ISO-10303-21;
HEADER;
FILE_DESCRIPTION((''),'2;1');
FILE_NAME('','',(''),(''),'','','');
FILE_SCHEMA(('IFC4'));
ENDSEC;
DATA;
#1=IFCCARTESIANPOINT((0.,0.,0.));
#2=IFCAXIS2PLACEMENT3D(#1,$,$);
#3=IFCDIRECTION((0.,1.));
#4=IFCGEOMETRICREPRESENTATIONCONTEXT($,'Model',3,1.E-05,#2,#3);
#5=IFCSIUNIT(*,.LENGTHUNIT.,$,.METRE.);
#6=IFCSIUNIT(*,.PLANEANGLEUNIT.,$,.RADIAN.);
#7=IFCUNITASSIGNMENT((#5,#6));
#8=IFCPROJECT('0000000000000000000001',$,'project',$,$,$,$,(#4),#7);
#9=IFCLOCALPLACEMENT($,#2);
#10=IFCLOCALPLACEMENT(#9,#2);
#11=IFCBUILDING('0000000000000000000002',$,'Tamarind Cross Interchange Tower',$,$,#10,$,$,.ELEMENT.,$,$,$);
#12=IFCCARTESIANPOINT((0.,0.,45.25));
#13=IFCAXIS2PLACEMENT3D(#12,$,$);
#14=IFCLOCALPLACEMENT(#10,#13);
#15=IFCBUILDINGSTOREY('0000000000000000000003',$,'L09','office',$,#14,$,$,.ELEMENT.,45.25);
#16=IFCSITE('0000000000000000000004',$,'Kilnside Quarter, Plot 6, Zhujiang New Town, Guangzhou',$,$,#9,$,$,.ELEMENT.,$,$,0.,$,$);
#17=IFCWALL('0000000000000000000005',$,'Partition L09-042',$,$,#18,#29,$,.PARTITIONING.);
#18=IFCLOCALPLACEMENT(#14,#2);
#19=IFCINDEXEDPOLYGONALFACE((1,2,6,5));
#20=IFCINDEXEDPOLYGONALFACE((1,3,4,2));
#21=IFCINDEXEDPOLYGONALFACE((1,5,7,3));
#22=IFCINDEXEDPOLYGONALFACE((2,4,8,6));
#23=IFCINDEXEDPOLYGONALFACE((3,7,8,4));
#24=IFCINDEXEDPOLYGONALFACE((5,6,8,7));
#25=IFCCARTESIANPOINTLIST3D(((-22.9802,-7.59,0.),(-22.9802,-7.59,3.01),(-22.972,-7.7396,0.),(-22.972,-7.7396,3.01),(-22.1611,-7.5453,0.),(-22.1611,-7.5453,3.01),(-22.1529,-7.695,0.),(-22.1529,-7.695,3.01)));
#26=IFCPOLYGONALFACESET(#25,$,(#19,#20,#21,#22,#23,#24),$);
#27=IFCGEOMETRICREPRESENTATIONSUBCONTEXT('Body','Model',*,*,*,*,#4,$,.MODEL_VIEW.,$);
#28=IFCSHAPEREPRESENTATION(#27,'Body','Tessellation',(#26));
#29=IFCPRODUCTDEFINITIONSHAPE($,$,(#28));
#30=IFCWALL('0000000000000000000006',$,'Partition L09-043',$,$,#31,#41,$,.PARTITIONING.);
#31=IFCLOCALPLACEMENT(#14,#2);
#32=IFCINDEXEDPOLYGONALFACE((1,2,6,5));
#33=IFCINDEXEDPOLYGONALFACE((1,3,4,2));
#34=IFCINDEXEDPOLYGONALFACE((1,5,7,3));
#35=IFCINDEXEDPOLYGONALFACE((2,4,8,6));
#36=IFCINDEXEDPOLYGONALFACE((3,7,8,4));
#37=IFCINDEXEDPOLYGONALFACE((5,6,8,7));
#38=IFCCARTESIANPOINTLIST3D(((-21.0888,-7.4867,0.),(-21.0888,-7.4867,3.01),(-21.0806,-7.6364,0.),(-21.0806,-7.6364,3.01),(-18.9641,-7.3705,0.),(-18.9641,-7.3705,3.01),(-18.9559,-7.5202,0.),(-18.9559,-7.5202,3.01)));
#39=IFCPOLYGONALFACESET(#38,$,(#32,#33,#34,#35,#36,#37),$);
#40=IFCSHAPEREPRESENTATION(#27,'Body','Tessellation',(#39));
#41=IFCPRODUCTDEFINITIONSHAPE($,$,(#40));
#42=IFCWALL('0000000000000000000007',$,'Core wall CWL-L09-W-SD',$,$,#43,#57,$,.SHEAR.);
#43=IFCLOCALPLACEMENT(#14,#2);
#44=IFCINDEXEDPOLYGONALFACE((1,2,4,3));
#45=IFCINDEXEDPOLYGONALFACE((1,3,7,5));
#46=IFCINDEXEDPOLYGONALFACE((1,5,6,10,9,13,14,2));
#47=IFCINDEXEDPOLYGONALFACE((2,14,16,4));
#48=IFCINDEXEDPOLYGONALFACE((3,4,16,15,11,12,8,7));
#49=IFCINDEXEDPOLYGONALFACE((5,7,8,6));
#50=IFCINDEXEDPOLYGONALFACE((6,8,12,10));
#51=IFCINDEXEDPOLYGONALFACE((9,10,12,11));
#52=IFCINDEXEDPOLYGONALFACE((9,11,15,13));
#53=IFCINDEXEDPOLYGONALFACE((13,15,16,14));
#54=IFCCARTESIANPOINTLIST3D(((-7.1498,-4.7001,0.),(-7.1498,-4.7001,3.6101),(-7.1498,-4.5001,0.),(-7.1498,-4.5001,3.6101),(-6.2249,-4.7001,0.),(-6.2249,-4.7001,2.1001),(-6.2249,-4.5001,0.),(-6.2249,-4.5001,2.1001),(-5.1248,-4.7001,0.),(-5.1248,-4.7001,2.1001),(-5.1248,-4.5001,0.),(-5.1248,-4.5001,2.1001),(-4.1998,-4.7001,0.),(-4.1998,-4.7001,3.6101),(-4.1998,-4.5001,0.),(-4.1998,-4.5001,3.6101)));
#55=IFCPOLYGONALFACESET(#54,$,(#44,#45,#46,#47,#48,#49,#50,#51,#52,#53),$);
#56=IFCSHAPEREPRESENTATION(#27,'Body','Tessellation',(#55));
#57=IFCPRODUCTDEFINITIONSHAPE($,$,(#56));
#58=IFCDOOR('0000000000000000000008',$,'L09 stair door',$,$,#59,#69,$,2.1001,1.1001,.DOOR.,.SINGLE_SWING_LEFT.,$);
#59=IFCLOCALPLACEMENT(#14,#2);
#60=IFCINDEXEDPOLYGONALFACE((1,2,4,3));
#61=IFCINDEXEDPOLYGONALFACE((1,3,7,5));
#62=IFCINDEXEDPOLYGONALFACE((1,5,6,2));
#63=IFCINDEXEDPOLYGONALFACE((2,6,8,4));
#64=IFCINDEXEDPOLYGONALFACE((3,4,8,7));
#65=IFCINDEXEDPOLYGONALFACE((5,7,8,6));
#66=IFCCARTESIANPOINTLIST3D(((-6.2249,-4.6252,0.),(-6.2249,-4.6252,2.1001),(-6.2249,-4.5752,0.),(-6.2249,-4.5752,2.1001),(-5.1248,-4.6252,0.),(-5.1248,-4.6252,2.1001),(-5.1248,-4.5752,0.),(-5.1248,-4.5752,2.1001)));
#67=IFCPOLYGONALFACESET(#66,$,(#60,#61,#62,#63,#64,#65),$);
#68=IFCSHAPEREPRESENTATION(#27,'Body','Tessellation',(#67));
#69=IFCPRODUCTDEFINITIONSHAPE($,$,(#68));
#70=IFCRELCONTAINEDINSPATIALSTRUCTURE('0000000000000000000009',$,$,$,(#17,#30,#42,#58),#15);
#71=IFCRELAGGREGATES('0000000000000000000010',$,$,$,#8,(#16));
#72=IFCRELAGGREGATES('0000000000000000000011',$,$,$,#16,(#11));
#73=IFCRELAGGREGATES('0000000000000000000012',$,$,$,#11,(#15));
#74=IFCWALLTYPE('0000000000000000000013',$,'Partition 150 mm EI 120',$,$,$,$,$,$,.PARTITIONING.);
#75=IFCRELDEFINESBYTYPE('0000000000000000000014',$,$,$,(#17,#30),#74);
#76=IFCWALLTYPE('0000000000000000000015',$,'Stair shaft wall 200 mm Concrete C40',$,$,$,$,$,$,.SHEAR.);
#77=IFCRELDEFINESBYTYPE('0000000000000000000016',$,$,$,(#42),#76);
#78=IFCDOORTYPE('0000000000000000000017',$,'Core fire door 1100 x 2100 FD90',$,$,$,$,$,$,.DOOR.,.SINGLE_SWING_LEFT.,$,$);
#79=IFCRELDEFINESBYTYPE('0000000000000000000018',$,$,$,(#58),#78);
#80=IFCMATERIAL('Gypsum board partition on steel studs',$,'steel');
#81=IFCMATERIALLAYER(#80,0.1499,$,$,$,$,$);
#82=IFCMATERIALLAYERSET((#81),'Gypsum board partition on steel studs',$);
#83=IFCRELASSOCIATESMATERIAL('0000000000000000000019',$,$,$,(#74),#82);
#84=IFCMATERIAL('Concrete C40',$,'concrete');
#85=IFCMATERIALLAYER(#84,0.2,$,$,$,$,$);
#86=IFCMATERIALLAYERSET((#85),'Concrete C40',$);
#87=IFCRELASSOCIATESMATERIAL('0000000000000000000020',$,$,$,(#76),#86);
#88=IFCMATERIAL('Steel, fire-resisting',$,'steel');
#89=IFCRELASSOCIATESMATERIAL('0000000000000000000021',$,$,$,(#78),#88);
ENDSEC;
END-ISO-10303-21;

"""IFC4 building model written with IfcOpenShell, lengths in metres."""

from ifc_helpers import new_model, si_unit, direction, frame, frame_2d, origin, place, context, subcontext, project, spatial, rectangle, extrude, material, layer, layer_set, type_object, element, fill, save


model = new_model("IFC4")

# Units and contexts
model_context = context("Model", 3, precision=1e-05, world=origin(), true_north=direction((0.0, 1.0)))
body_context = subcontext(model_context, "Body", "Model", "MODEL_VIEW")
ifc_project = project(units=[si_unit("LENGTHUNIT", "METRE"), si_unit("PLANEANGLEUNIT", "RADIAN")], contexts=[model_context])

# Site, building, storey
site_placement = place(None, origin())
site = spatial("IfcSite", under=ifc_project, at=site_placement, Name="Kilnside Quarter, Plot 6, Zhujiang New Town, Guangzhou", CompositionType="ELEMENT", RefElevation=0.0)
building_placement = place(site_placement, origin())
building = spatial("IfcBuilding", under=site, at=building_placement, Name="Tamarind Cross Interchange Tower", CompositionType="ELEMENT")
storey_placement = place(building_placement, frame((0.0, 0.0, 45.25)))
storey = spatial("IfcBuildingStorey", under=building, at=storey_placement, Name="L09", Description="office", CompositionType="ELEMENT", Elevation=45.25)

# Walls
ifc_material_1 = material(Name="Gypsum board partition on steel studs", Category="steel")
ifc_layer_1 = layer(ifc_material_1, 0.1499)
ifc_layer_set_1 = layer_set([ifc_layer_1], Name="Gypsum board partition on steel studs")
wall_type_1 = type_object("IfcWallType", Name="Partition 150 mm EI 120", PredefinedType="PARTITIONING", material=ifc_layer_set_1)
wall_1_placement = place(storey_placement, frame((-22.9761, -7.6648, 0.0), z_axis=(0.0, 0.0, 1.0), x_axis=(0.998516, 0.054464, 0.0)))
element("IfcWall", 1, at=wall_1_placement, inside=storey, type_object=wall_type_1, Name="Partition L09-042", PredefinedType="PARTITIONING", context=body_context, shape_type="SweptSolid", body=[
    extrude(rectangle(XDim=0.8203, YDim=0.1499, at=frame_2d((0.4102, 0.0))), origin(), (0.0, 0.0, 1.0), 3.01),
])
wall_2_placement = place(storey_placement, frame((-21.0847, -7.5615, 0.0), z_axis=(0.0, 0.0, 1.0), x_axis=(0.998508, 0.054612, 0.0)))
element("IfcWall", 2, at=wall_2_placement, inside=storey, type_object=wall_type_1, Name="Partition L09-043", PredefinedType="PARTITIONING", context=body_context, shape_type="SweptSolid", body=[
    extrude(rectangle(XDim=2.1279, YDim=0.1499, at=frame_2d((1.064, 0.0))), origin(), (0.0, 0.0, 1.0), 3.01),
])

# Wall, opening, door
ifc_material_2 = material(Name="Concrete C40", Category="concrete")
ifc_layer_2 = layer(ifc_material_2, 0.2)
ifc_layer_set_2 = layer_set([ifc_layer_2], Name="Concrete C40")
wall_type_2 = type_object("IfcWallType", Name="Stair shaft wall 200 mm Concrete C40", PredefinedType="SHEAR", material=ifc_layer_set_2)
wall_3_placement = place(storey_placement, frame((-7.1499, -4.6001, 0.0), z_axis=(0.0, 0.0, 1.0), x_axis=(1.0, 0.0, 0.0)))
wall_3 = element("IfcWall", 3, at=wall_3_placement, inside=storey, type_object=wall_type_2, Name="Core wall CWL-L09-W-SD", PredefinedType="SHEAR", context=body_context, shape_type="SweptSolid", body=[
    extrude(rectangle(XDim=2.95, YDim=0.2, at=frame_2d((1.4751, 0.0))), origin(), (0.0, 0.0, 1.0), 3.6101),
])
opening_1_placement = place(wall_3_placement, frame((0.925, 0.0, 0.0)))
opening_1 = element("IfcOpeningElement", 4, at=opening_1_placement, cuts=wall_3, PredefinedType="OPENING", context=body_context, shape_type="SweptSolid", body=[
    extrude(rectangle(XDim=1.1001, YDim=2.1001, at=frame_2d((0.55, 1.05))), frame((0.0, 0.1099, 0.0), z_axis=(0.0, -1.0, 0.0), x_axis=(1.0, 0.0, 0.0)), (0.0, 0.0, 1.0), 0.22),
])
ifc_material_3 = material(Name="Steel, fire-resisting", Category="steel")
door_type_1 = type_object("IfcDoorType", Name="Core fire door 1100 x 2100 FD90", OperationType="SINGLE_SWING_LEFT", PredefinedType="DOOR", material=ifc_material_3)
door_1_placement = place(opening_1_placement, origin())
door_1 = element("IfcDoor", 5, at=door_1_placement, inside=storey, type_object=door_type_1, Name="L09 stair door", OperationType="SINGLE_SWING_LEFT", OverallHeight=2.1001, OverallWidth=1.1001, PredefinedType="DOOR", context=body_context, shape_type="SweptSolid", body=[
    extrude(rectangle(XDim=1.1001, YDim=2.1001, at=frame_2d((0.55, 1.05))), frame((0.0, 0.0249, 0.0), z_axis=(0.0, -1.0, 0.0), x_axis=(1.0, 0.0, 0.0)), (0.0, 0.0, 1.0), 0.05),
])
fill(opening_1, door_1)

save(model, "model.ifc")
